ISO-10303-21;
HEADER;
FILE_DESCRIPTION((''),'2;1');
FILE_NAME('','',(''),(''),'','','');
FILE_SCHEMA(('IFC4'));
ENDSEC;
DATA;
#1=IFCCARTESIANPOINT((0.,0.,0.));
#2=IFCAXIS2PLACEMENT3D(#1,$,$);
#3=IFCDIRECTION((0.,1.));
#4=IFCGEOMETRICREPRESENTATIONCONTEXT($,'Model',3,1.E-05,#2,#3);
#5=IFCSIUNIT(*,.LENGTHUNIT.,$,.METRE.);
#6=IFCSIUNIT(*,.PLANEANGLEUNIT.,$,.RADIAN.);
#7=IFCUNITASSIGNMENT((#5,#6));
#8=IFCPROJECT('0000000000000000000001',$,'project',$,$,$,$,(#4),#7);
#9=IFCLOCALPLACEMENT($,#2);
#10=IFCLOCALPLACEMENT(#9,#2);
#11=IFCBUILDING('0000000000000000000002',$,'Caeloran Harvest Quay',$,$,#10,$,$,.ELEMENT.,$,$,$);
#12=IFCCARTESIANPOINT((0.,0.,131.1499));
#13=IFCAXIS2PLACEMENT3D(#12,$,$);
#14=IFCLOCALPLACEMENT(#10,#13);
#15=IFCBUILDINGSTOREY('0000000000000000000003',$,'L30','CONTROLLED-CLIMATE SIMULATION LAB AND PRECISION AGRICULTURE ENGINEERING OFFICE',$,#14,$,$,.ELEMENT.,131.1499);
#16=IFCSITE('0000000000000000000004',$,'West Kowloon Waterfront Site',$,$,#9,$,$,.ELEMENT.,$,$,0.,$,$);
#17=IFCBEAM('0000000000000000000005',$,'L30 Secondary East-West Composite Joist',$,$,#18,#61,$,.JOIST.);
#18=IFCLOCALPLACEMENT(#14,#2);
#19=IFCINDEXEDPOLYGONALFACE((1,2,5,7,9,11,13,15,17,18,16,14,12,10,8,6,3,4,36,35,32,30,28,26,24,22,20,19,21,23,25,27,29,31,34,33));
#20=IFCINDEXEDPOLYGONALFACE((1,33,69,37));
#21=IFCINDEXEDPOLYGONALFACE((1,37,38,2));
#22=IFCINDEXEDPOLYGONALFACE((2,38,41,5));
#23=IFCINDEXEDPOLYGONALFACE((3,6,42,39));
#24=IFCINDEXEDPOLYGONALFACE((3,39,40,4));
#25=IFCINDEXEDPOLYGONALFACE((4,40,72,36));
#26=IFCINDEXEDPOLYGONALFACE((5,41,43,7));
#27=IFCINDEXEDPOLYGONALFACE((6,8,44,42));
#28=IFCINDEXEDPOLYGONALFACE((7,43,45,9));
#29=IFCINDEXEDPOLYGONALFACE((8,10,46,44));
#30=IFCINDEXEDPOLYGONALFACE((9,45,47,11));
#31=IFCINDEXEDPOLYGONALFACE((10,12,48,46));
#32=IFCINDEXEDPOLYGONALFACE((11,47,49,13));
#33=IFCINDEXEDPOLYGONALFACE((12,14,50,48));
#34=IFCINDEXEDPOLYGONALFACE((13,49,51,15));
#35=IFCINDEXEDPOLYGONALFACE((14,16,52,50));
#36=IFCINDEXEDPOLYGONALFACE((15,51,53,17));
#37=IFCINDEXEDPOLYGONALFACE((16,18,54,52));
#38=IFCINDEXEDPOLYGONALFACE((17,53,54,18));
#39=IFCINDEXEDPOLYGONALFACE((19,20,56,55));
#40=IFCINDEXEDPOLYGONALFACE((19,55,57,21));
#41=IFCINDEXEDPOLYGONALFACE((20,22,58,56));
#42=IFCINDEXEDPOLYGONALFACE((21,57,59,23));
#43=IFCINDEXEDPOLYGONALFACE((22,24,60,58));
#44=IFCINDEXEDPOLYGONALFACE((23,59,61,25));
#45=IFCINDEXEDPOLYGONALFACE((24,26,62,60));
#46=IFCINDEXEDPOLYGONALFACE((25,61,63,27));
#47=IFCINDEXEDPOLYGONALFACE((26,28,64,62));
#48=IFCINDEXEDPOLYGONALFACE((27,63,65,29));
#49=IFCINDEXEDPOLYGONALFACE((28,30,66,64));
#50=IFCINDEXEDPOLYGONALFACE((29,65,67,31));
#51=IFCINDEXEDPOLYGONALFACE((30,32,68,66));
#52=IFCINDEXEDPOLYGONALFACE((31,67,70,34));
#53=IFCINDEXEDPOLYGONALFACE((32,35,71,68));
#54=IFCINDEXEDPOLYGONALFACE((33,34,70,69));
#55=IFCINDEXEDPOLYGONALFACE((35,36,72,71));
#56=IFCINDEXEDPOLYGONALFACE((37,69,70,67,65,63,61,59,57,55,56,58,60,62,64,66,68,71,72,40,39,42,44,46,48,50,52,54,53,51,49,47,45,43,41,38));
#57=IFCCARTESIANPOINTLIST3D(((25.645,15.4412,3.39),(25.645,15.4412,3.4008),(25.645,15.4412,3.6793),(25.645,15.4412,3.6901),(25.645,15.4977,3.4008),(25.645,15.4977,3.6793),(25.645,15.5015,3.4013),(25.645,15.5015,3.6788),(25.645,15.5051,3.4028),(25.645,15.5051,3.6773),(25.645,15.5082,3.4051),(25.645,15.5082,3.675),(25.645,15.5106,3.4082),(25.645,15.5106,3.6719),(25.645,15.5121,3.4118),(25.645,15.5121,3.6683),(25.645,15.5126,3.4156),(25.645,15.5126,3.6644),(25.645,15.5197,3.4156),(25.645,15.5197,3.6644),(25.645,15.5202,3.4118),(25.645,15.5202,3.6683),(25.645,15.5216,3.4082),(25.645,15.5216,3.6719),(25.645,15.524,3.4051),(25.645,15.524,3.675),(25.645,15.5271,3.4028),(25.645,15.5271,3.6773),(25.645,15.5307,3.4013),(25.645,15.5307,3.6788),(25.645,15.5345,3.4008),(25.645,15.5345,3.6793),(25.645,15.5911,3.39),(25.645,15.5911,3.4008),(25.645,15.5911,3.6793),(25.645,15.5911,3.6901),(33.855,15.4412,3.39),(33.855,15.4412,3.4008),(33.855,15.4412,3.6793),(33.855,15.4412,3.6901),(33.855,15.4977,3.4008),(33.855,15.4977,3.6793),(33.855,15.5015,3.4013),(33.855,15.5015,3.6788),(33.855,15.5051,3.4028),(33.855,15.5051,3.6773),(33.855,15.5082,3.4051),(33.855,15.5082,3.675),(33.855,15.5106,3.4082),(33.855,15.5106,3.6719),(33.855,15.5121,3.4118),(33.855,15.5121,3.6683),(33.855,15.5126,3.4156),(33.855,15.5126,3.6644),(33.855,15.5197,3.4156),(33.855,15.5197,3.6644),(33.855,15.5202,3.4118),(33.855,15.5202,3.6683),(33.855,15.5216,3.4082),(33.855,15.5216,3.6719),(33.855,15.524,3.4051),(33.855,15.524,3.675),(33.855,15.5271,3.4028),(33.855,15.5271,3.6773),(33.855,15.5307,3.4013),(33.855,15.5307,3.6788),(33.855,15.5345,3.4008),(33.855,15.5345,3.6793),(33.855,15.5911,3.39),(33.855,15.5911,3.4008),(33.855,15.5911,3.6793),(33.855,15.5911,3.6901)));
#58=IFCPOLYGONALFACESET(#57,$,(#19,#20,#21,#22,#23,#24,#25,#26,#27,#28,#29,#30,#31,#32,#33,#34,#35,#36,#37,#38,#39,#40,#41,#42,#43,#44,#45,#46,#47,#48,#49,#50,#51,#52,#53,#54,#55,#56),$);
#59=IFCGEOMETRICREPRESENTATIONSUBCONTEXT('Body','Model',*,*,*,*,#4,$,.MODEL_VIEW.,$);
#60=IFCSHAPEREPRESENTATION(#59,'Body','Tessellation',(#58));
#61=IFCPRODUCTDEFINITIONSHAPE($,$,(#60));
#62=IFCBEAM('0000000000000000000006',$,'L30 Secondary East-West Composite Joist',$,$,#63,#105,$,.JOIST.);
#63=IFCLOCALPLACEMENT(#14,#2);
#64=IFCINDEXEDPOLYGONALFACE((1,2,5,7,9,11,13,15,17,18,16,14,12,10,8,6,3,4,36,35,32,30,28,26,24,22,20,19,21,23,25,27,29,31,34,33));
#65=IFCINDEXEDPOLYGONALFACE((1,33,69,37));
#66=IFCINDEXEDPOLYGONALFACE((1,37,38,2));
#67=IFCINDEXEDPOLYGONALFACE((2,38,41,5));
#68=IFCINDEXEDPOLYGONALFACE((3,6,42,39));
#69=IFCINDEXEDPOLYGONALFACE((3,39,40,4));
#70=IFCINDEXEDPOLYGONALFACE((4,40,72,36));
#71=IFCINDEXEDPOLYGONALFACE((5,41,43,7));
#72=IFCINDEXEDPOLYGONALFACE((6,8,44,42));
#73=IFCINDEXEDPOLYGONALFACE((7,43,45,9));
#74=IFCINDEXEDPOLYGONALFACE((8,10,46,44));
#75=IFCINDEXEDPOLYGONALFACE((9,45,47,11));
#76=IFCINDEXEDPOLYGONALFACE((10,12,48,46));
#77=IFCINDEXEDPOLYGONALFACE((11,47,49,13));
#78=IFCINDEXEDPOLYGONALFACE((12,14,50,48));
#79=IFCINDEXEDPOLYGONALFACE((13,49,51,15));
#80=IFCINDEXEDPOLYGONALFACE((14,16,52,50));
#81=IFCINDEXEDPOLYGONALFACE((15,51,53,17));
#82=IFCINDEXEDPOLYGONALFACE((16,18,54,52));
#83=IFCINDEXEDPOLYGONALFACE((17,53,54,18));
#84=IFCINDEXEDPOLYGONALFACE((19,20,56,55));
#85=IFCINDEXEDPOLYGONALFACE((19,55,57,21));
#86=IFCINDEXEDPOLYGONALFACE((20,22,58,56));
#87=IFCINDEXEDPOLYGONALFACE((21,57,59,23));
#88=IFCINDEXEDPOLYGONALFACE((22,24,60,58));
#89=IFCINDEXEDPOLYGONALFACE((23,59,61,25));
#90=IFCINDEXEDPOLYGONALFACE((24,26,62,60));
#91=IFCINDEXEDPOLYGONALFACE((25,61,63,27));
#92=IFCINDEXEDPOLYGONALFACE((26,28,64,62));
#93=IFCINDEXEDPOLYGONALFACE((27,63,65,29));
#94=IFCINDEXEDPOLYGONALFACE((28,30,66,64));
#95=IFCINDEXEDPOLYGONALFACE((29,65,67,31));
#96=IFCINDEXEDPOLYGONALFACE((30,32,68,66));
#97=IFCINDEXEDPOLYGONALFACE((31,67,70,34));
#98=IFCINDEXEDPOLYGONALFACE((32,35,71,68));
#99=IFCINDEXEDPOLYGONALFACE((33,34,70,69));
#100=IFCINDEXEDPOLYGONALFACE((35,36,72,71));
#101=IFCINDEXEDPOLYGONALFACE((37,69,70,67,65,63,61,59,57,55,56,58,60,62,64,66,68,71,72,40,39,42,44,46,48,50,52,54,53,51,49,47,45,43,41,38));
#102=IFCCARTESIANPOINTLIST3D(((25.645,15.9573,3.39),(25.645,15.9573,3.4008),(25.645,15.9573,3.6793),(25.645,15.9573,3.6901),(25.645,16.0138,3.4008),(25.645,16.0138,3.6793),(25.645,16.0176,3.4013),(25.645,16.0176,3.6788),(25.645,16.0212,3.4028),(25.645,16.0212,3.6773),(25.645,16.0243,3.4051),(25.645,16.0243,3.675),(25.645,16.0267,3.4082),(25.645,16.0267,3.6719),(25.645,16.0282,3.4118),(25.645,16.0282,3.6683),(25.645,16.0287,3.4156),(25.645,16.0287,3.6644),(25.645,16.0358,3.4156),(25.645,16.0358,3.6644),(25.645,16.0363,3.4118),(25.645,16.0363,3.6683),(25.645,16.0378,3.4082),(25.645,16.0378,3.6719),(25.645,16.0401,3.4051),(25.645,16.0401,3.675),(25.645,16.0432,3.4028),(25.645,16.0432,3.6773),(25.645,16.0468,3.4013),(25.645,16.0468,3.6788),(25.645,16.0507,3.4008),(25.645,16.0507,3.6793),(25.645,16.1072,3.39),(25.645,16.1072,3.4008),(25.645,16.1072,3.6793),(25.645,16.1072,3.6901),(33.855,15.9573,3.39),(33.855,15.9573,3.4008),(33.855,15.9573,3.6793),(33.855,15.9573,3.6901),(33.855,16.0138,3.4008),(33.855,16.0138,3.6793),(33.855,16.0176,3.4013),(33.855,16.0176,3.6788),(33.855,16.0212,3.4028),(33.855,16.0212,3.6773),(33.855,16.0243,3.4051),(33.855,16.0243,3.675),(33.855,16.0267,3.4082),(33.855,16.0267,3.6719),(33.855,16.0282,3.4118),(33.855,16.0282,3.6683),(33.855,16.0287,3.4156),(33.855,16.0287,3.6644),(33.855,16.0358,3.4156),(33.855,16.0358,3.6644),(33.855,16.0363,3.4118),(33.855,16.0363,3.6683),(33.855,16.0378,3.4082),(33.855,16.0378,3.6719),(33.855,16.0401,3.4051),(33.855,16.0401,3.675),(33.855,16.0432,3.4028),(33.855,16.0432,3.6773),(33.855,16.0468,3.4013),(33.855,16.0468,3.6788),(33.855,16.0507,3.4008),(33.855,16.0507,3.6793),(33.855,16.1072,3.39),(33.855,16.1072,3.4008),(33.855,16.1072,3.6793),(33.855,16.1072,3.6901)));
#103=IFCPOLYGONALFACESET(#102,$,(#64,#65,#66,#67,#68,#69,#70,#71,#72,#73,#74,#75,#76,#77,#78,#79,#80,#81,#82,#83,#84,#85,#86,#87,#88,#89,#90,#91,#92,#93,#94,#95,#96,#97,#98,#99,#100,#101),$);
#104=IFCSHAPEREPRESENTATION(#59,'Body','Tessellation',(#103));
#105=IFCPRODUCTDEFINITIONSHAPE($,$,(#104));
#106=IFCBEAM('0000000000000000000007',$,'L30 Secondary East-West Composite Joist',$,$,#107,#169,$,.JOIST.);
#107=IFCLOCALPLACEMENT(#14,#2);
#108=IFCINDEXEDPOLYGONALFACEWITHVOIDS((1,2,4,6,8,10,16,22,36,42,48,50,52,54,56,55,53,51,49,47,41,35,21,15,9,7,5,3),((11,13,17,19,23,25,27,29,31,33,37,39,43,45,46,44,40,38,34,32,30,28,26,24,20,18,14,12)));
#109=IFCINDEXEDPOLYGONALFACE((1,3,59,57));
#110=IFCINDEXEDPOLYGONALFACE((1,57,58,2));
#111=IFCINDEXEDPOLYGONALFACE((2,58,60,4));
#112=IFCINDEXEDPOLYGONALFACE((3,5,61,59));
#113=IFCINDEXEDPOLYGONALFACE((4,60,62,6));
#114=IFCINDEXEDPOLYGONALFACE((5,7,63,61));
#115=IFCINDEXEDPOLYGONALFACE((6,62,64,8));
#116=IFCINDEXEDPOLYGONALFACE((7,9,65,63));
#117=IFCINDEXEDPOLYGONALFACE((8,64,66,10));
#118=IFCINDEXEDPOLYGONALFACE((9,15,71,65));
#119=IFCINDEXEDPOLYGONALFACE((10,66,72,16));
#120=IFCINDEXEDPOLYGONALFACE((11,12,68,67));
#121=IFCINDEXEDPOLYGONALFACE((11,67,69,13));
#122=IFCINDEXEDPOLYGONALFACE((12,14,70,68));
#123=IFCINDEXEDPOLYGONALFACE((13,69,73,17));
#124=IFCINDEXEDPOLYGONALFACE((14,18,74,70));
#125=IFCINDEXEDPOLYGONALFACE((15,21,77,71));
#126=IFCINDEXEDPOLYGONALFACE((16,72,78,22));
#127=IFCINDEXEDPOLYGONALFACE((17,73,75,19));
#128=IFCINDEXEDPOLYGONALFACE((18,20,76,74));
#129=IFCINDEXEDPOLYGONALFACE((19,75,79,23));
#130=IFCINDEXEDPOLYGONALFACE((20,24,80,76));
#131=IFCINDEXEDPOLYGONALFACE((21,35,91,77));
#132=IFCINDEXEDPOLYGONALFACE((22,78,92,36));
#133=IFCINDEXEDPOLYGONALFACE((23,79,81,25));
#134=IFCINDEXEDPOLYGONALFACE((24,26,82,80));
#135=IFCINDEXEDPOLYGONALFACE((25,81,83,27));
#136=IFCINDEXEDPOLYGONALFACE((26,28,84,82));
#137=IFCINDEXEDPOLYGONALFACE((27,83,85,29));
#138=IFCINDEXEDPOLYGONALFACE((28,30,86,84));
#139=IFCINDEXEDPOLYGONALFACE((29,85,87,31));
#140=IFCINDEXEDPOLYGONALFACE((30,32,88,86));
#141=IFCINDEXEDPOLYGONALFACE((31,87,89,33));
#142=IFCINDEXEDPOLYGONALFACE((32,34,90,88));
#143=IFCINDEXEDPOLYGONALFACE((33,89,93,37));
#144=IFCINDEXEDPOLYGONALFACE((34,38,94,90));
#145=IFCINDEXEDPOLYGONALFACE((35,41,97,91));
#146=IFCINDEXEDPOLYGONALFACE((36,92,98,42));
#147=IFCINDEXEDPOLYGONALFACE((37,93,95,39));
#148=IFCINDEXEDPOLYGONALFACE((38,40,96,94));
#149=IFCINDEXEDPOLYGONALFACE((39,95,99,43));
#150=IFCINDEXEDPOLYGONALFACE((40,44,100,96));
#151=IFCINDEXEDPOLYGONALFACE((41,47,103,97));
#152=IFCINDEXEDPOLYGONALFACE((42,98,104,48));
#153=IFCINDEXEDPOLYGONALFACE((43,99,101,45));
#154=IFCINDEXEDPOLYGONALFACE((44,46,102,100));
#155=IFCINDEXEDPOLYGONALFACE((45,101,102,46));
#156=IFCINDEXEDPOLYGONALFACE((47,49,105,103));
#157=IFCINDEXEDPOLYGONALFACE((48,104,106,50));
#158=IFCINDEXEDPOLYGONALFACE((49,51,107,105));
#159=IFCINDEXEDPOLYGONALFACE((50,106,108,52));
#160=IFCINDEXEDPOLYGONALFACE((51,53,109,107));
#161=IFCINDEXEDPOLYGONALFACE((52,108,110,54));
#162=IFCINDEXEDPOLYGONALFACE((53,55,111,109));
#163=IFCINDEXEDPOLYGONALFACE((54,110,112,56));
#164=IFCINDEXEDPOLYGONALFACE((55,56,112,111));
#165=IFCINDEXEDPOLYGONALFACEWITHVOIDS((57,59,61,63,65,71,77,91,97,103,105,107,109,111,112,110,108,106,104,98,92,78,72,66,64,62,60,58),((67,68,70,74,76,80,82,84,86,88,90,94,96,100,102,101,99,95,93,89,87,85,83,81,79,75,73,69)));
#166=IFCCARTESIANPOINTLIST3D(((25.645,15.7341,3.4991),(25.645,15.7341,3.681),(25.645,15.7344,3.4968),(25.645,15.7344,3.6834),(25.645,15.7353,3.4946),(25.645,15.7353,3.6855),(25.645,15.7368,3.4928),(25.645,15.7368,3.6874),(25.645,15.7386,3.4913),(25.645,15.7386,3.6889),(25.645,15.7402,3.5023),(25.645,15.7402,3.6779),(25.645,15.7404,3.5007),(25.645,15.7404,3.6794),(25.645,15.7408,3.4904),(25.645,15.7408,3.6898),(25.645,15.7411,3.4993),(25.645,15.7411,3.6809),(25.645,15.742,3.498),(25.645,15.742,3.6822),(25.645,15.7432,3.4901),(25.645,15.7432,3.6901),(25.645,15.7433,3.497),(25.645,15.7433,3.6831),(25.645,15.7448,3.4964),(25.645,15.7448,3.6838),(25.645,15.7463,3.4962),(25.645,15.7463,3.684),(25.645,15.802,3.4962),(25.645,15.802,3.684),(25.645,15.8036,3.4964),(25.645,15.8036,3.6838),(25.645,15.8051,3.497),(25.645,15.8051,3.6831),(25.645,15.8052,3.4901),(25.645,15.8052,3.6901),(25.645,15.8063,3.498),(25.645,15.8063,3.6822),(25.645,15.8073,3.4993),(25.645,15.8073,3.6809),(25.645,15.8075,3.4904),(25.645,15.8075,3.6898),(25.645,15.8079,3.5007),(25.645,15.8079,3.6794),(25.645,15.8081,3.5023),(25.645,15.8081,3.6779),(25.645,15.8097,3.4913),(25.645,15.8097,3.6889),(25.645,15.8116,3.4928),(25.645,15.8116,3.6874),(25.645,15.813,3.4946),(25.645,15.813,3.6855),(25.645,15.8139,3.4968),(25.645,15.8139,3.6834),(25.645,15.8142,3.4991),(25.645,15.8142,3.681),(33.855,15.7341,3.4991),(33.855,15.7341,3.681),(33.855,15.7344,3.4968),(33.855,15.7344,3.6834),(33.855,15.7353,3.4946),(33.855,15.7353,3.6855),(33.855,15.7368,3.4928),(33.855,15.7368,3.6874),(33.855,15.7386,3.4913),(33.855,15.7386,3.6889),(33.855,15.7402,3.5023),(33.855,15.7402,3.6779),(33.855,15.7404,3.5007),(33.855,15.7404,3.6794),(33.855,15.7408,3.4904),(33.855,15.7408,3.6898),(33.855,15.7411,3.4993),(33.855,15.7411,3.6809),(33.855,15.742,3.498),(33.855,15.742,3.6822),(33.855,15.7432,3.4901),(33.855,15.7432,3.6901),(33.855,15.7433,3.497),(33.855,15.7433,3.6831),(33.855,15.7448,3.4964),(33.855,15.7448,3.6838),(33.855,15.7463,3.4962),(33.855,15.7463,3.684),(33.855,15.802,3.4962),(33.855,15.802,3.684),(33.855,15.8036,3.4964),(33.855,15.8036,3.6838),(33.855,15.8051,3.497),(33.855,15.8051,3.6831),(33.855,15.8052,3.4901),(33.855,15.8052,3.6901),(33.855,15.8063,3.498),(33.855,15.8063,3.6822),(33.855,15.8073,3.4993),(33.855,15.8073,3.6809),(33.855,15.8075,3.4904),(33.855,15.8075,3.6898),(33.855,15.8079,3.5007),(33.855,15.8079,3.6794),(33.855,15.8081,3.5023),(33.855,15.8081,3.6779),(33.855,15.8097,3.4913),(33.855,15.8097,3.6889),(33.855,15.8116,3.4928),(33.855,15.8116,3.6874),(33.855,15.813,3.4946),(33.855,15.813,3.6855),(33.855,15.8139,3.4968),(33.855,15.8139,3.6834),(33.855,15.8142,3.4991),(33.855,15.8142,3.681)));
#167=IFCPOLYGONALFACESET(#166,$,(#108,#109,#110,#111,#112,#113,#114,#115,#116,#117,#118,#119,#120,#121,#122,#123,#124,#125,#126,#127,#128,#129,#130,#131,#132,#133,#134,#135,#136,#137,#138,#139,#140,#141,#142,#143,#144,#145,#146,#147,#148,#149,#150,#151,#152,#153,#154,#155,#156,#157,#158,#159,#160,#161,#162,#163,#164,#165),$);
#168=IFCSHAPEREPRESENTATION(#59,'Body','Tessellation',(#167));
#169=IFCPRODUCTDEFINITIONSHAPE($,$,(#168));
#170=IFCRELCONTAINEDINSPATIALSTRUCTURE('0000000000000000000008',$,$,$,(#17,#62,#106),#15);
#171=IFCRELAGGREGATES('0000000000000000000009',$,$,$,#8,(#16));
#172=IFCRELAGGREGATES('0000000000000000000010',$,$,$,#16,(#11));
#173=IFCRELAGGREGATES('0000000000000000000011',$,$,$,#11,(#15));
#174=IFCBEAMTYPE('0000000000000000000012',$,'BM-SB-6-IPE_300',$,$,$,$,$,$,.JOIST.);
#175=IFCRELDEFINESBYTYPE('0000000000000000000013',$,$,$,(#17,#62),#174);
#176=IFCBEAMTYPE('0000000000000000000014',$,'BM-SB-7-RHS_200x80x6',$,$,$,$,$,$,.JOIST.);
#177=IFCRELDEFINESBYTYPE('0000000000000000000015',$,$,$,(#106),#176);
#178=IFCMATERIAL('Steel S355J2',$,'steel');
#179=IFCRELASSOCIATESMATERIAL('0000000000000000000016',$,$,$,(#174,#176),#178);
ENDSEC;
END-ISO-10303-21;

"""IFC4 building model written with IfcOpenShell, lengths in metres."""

from ifc_helpers import new_model, si_unit, direction, frame, origin, origin_2d, place, context, subcontext, project, spatial, hollow_rectangle, i_section, extrude, material, material_profile, profile_set, type_object, element, save


model = new_model("IFC4")

# Units and contexts
model_context = context("Model", 3, precision=1e-05, world=origin(), true_north=direction((0.0, 1.0)))
body_context = subcontext(model_context, "Body", "Model", "MODEL_VIEW")
ifc_project = project(units=[si_unit("LENGTHUNIT", "METRE"), si_unit("PLANEANGLEUNIT", "RADIAN")], contexts=[model_context])

# Site, building, storey
site_placement = place(None, origin())
site = spatial("IfcSite", under=ifc_project, at=site_placement, Name="West Kowloon Waterfront Site", CompositionType="ELEMENT", RefElevation=0.0)
building_placement = place(site_placement, origin())
building = spatial("IfcBuilding", under=site, at=building_placement, Name="Caeloran Harvest Quay", CompositionType="ELEMENT")
storey_placement = place(building_placement, frame((0.0, 0.0, 131.1499)))
storey = spatial("IfcBuildingStorey", under=building, at=storey_placement, Name="L30", Description="CONTROLLED-CLIMATE SIMULATION LAB AND PRECISION AGRICULTURE ENGINEERING OFFICE", CompositionType="ELEMENT", Elevation=131.1499)

# Beams
ifc_material_1 = material(Name="Steel S355J2", Category="steel")
ifc_material_profile_1 = material_profile(ifc_material_1, i_section(OverallWidth=0.1499, OverallDepth=0.3, WebThickness=0.0071, FlangeThickness=0.0107, FilletRadius=0.0149, at=origin_2d()), Name="IPE 300")
ifc_profile_set_1 = profile_set([ifc_material_profile_1], Name="Steel S355J2")
beam_type_1 = type_object("IfcBeamType", Name="BM-SB-6-IPE_300", PredefinedType="JOIST", material=ifc_profile_set_1)
for number, where, z_axis, x_axis, name in (
    (1, (25.645, 15.5161, 3.54), (1.0, 0.0, 0.0), (0.0, 1.0, 0.0), "L30 Secondary East-West Composite Joist"),
    (2, (25.645, 16.0322, 3.54), (1.0, 0.0, 0.0), (0.0, 1.0, 0.0), "L30 Secondary East-West Composite Joist"),
):
    element("IfcBeam", number, at=place(storey_placement, frame(where, z_axis=z_axis, x_axis=x_axis)), inside=storey, type_object=beam_type_1, Name=name, PredefinedType="JOIST", context=body_context, shape_type="SweptSolid", body=[
        extrude(i_section(OverallWidth=0.1499, OverallDepth=0.3, WebThickness=0.0071, FlangeThickness=0.0107, FilletRadius=0.0149, at=origin_2d()), origin(), (0.0, 0.0, 1.0), 8.21),
    ])
ifc_material_profile_2 = material_profile(ifc_material_1, hollow_rectangle(XDim=0.0801, YDim=0.2, WallThickness=0.0061, InnerFilletRadius=0.0061, OuterFilletRadius=0.009, at=origin_2d()), Name="RHS 200x80x6")
ifc_profile_set_2 = profile_set([ifc_material_profile_2], Name="Steel S355J2")
beam_type_2 = type_object("IfcBeamType", Name="BM-SB-7-RHS_200x80x6", PredefinedType="JOIST", material=ifc_profile_set_2)
for number, where, z_axis, x_axis, name in (
    (3, (25.645, 15.7742, 3.5901), (1.0, 0.0, 0.0), (0.0, 1.0, 0.0), "L30 Secondary East-West Composite Joist"),
):
    element("IfcBeam", number, at=place(storey_placement, frame(where, z_axis=z_axis, x_axis=x_axis)), inside=storey, type_object=beam_type_2, Name=name, PredefinedType="JOIST", context=body_context, shape_type="SweptSolid", body=[
        extrude(hollow_rectangle(XDim=0.0801, YDim=0.2, WallThickness=0.0061, InnerFilletRadius=0.0061, OuterFilletRadius=0.009, at=origin_2d()), origin(), (0.0, 0.0, 1.0), 8.21),
    ])

save(model, "model.ifc")
